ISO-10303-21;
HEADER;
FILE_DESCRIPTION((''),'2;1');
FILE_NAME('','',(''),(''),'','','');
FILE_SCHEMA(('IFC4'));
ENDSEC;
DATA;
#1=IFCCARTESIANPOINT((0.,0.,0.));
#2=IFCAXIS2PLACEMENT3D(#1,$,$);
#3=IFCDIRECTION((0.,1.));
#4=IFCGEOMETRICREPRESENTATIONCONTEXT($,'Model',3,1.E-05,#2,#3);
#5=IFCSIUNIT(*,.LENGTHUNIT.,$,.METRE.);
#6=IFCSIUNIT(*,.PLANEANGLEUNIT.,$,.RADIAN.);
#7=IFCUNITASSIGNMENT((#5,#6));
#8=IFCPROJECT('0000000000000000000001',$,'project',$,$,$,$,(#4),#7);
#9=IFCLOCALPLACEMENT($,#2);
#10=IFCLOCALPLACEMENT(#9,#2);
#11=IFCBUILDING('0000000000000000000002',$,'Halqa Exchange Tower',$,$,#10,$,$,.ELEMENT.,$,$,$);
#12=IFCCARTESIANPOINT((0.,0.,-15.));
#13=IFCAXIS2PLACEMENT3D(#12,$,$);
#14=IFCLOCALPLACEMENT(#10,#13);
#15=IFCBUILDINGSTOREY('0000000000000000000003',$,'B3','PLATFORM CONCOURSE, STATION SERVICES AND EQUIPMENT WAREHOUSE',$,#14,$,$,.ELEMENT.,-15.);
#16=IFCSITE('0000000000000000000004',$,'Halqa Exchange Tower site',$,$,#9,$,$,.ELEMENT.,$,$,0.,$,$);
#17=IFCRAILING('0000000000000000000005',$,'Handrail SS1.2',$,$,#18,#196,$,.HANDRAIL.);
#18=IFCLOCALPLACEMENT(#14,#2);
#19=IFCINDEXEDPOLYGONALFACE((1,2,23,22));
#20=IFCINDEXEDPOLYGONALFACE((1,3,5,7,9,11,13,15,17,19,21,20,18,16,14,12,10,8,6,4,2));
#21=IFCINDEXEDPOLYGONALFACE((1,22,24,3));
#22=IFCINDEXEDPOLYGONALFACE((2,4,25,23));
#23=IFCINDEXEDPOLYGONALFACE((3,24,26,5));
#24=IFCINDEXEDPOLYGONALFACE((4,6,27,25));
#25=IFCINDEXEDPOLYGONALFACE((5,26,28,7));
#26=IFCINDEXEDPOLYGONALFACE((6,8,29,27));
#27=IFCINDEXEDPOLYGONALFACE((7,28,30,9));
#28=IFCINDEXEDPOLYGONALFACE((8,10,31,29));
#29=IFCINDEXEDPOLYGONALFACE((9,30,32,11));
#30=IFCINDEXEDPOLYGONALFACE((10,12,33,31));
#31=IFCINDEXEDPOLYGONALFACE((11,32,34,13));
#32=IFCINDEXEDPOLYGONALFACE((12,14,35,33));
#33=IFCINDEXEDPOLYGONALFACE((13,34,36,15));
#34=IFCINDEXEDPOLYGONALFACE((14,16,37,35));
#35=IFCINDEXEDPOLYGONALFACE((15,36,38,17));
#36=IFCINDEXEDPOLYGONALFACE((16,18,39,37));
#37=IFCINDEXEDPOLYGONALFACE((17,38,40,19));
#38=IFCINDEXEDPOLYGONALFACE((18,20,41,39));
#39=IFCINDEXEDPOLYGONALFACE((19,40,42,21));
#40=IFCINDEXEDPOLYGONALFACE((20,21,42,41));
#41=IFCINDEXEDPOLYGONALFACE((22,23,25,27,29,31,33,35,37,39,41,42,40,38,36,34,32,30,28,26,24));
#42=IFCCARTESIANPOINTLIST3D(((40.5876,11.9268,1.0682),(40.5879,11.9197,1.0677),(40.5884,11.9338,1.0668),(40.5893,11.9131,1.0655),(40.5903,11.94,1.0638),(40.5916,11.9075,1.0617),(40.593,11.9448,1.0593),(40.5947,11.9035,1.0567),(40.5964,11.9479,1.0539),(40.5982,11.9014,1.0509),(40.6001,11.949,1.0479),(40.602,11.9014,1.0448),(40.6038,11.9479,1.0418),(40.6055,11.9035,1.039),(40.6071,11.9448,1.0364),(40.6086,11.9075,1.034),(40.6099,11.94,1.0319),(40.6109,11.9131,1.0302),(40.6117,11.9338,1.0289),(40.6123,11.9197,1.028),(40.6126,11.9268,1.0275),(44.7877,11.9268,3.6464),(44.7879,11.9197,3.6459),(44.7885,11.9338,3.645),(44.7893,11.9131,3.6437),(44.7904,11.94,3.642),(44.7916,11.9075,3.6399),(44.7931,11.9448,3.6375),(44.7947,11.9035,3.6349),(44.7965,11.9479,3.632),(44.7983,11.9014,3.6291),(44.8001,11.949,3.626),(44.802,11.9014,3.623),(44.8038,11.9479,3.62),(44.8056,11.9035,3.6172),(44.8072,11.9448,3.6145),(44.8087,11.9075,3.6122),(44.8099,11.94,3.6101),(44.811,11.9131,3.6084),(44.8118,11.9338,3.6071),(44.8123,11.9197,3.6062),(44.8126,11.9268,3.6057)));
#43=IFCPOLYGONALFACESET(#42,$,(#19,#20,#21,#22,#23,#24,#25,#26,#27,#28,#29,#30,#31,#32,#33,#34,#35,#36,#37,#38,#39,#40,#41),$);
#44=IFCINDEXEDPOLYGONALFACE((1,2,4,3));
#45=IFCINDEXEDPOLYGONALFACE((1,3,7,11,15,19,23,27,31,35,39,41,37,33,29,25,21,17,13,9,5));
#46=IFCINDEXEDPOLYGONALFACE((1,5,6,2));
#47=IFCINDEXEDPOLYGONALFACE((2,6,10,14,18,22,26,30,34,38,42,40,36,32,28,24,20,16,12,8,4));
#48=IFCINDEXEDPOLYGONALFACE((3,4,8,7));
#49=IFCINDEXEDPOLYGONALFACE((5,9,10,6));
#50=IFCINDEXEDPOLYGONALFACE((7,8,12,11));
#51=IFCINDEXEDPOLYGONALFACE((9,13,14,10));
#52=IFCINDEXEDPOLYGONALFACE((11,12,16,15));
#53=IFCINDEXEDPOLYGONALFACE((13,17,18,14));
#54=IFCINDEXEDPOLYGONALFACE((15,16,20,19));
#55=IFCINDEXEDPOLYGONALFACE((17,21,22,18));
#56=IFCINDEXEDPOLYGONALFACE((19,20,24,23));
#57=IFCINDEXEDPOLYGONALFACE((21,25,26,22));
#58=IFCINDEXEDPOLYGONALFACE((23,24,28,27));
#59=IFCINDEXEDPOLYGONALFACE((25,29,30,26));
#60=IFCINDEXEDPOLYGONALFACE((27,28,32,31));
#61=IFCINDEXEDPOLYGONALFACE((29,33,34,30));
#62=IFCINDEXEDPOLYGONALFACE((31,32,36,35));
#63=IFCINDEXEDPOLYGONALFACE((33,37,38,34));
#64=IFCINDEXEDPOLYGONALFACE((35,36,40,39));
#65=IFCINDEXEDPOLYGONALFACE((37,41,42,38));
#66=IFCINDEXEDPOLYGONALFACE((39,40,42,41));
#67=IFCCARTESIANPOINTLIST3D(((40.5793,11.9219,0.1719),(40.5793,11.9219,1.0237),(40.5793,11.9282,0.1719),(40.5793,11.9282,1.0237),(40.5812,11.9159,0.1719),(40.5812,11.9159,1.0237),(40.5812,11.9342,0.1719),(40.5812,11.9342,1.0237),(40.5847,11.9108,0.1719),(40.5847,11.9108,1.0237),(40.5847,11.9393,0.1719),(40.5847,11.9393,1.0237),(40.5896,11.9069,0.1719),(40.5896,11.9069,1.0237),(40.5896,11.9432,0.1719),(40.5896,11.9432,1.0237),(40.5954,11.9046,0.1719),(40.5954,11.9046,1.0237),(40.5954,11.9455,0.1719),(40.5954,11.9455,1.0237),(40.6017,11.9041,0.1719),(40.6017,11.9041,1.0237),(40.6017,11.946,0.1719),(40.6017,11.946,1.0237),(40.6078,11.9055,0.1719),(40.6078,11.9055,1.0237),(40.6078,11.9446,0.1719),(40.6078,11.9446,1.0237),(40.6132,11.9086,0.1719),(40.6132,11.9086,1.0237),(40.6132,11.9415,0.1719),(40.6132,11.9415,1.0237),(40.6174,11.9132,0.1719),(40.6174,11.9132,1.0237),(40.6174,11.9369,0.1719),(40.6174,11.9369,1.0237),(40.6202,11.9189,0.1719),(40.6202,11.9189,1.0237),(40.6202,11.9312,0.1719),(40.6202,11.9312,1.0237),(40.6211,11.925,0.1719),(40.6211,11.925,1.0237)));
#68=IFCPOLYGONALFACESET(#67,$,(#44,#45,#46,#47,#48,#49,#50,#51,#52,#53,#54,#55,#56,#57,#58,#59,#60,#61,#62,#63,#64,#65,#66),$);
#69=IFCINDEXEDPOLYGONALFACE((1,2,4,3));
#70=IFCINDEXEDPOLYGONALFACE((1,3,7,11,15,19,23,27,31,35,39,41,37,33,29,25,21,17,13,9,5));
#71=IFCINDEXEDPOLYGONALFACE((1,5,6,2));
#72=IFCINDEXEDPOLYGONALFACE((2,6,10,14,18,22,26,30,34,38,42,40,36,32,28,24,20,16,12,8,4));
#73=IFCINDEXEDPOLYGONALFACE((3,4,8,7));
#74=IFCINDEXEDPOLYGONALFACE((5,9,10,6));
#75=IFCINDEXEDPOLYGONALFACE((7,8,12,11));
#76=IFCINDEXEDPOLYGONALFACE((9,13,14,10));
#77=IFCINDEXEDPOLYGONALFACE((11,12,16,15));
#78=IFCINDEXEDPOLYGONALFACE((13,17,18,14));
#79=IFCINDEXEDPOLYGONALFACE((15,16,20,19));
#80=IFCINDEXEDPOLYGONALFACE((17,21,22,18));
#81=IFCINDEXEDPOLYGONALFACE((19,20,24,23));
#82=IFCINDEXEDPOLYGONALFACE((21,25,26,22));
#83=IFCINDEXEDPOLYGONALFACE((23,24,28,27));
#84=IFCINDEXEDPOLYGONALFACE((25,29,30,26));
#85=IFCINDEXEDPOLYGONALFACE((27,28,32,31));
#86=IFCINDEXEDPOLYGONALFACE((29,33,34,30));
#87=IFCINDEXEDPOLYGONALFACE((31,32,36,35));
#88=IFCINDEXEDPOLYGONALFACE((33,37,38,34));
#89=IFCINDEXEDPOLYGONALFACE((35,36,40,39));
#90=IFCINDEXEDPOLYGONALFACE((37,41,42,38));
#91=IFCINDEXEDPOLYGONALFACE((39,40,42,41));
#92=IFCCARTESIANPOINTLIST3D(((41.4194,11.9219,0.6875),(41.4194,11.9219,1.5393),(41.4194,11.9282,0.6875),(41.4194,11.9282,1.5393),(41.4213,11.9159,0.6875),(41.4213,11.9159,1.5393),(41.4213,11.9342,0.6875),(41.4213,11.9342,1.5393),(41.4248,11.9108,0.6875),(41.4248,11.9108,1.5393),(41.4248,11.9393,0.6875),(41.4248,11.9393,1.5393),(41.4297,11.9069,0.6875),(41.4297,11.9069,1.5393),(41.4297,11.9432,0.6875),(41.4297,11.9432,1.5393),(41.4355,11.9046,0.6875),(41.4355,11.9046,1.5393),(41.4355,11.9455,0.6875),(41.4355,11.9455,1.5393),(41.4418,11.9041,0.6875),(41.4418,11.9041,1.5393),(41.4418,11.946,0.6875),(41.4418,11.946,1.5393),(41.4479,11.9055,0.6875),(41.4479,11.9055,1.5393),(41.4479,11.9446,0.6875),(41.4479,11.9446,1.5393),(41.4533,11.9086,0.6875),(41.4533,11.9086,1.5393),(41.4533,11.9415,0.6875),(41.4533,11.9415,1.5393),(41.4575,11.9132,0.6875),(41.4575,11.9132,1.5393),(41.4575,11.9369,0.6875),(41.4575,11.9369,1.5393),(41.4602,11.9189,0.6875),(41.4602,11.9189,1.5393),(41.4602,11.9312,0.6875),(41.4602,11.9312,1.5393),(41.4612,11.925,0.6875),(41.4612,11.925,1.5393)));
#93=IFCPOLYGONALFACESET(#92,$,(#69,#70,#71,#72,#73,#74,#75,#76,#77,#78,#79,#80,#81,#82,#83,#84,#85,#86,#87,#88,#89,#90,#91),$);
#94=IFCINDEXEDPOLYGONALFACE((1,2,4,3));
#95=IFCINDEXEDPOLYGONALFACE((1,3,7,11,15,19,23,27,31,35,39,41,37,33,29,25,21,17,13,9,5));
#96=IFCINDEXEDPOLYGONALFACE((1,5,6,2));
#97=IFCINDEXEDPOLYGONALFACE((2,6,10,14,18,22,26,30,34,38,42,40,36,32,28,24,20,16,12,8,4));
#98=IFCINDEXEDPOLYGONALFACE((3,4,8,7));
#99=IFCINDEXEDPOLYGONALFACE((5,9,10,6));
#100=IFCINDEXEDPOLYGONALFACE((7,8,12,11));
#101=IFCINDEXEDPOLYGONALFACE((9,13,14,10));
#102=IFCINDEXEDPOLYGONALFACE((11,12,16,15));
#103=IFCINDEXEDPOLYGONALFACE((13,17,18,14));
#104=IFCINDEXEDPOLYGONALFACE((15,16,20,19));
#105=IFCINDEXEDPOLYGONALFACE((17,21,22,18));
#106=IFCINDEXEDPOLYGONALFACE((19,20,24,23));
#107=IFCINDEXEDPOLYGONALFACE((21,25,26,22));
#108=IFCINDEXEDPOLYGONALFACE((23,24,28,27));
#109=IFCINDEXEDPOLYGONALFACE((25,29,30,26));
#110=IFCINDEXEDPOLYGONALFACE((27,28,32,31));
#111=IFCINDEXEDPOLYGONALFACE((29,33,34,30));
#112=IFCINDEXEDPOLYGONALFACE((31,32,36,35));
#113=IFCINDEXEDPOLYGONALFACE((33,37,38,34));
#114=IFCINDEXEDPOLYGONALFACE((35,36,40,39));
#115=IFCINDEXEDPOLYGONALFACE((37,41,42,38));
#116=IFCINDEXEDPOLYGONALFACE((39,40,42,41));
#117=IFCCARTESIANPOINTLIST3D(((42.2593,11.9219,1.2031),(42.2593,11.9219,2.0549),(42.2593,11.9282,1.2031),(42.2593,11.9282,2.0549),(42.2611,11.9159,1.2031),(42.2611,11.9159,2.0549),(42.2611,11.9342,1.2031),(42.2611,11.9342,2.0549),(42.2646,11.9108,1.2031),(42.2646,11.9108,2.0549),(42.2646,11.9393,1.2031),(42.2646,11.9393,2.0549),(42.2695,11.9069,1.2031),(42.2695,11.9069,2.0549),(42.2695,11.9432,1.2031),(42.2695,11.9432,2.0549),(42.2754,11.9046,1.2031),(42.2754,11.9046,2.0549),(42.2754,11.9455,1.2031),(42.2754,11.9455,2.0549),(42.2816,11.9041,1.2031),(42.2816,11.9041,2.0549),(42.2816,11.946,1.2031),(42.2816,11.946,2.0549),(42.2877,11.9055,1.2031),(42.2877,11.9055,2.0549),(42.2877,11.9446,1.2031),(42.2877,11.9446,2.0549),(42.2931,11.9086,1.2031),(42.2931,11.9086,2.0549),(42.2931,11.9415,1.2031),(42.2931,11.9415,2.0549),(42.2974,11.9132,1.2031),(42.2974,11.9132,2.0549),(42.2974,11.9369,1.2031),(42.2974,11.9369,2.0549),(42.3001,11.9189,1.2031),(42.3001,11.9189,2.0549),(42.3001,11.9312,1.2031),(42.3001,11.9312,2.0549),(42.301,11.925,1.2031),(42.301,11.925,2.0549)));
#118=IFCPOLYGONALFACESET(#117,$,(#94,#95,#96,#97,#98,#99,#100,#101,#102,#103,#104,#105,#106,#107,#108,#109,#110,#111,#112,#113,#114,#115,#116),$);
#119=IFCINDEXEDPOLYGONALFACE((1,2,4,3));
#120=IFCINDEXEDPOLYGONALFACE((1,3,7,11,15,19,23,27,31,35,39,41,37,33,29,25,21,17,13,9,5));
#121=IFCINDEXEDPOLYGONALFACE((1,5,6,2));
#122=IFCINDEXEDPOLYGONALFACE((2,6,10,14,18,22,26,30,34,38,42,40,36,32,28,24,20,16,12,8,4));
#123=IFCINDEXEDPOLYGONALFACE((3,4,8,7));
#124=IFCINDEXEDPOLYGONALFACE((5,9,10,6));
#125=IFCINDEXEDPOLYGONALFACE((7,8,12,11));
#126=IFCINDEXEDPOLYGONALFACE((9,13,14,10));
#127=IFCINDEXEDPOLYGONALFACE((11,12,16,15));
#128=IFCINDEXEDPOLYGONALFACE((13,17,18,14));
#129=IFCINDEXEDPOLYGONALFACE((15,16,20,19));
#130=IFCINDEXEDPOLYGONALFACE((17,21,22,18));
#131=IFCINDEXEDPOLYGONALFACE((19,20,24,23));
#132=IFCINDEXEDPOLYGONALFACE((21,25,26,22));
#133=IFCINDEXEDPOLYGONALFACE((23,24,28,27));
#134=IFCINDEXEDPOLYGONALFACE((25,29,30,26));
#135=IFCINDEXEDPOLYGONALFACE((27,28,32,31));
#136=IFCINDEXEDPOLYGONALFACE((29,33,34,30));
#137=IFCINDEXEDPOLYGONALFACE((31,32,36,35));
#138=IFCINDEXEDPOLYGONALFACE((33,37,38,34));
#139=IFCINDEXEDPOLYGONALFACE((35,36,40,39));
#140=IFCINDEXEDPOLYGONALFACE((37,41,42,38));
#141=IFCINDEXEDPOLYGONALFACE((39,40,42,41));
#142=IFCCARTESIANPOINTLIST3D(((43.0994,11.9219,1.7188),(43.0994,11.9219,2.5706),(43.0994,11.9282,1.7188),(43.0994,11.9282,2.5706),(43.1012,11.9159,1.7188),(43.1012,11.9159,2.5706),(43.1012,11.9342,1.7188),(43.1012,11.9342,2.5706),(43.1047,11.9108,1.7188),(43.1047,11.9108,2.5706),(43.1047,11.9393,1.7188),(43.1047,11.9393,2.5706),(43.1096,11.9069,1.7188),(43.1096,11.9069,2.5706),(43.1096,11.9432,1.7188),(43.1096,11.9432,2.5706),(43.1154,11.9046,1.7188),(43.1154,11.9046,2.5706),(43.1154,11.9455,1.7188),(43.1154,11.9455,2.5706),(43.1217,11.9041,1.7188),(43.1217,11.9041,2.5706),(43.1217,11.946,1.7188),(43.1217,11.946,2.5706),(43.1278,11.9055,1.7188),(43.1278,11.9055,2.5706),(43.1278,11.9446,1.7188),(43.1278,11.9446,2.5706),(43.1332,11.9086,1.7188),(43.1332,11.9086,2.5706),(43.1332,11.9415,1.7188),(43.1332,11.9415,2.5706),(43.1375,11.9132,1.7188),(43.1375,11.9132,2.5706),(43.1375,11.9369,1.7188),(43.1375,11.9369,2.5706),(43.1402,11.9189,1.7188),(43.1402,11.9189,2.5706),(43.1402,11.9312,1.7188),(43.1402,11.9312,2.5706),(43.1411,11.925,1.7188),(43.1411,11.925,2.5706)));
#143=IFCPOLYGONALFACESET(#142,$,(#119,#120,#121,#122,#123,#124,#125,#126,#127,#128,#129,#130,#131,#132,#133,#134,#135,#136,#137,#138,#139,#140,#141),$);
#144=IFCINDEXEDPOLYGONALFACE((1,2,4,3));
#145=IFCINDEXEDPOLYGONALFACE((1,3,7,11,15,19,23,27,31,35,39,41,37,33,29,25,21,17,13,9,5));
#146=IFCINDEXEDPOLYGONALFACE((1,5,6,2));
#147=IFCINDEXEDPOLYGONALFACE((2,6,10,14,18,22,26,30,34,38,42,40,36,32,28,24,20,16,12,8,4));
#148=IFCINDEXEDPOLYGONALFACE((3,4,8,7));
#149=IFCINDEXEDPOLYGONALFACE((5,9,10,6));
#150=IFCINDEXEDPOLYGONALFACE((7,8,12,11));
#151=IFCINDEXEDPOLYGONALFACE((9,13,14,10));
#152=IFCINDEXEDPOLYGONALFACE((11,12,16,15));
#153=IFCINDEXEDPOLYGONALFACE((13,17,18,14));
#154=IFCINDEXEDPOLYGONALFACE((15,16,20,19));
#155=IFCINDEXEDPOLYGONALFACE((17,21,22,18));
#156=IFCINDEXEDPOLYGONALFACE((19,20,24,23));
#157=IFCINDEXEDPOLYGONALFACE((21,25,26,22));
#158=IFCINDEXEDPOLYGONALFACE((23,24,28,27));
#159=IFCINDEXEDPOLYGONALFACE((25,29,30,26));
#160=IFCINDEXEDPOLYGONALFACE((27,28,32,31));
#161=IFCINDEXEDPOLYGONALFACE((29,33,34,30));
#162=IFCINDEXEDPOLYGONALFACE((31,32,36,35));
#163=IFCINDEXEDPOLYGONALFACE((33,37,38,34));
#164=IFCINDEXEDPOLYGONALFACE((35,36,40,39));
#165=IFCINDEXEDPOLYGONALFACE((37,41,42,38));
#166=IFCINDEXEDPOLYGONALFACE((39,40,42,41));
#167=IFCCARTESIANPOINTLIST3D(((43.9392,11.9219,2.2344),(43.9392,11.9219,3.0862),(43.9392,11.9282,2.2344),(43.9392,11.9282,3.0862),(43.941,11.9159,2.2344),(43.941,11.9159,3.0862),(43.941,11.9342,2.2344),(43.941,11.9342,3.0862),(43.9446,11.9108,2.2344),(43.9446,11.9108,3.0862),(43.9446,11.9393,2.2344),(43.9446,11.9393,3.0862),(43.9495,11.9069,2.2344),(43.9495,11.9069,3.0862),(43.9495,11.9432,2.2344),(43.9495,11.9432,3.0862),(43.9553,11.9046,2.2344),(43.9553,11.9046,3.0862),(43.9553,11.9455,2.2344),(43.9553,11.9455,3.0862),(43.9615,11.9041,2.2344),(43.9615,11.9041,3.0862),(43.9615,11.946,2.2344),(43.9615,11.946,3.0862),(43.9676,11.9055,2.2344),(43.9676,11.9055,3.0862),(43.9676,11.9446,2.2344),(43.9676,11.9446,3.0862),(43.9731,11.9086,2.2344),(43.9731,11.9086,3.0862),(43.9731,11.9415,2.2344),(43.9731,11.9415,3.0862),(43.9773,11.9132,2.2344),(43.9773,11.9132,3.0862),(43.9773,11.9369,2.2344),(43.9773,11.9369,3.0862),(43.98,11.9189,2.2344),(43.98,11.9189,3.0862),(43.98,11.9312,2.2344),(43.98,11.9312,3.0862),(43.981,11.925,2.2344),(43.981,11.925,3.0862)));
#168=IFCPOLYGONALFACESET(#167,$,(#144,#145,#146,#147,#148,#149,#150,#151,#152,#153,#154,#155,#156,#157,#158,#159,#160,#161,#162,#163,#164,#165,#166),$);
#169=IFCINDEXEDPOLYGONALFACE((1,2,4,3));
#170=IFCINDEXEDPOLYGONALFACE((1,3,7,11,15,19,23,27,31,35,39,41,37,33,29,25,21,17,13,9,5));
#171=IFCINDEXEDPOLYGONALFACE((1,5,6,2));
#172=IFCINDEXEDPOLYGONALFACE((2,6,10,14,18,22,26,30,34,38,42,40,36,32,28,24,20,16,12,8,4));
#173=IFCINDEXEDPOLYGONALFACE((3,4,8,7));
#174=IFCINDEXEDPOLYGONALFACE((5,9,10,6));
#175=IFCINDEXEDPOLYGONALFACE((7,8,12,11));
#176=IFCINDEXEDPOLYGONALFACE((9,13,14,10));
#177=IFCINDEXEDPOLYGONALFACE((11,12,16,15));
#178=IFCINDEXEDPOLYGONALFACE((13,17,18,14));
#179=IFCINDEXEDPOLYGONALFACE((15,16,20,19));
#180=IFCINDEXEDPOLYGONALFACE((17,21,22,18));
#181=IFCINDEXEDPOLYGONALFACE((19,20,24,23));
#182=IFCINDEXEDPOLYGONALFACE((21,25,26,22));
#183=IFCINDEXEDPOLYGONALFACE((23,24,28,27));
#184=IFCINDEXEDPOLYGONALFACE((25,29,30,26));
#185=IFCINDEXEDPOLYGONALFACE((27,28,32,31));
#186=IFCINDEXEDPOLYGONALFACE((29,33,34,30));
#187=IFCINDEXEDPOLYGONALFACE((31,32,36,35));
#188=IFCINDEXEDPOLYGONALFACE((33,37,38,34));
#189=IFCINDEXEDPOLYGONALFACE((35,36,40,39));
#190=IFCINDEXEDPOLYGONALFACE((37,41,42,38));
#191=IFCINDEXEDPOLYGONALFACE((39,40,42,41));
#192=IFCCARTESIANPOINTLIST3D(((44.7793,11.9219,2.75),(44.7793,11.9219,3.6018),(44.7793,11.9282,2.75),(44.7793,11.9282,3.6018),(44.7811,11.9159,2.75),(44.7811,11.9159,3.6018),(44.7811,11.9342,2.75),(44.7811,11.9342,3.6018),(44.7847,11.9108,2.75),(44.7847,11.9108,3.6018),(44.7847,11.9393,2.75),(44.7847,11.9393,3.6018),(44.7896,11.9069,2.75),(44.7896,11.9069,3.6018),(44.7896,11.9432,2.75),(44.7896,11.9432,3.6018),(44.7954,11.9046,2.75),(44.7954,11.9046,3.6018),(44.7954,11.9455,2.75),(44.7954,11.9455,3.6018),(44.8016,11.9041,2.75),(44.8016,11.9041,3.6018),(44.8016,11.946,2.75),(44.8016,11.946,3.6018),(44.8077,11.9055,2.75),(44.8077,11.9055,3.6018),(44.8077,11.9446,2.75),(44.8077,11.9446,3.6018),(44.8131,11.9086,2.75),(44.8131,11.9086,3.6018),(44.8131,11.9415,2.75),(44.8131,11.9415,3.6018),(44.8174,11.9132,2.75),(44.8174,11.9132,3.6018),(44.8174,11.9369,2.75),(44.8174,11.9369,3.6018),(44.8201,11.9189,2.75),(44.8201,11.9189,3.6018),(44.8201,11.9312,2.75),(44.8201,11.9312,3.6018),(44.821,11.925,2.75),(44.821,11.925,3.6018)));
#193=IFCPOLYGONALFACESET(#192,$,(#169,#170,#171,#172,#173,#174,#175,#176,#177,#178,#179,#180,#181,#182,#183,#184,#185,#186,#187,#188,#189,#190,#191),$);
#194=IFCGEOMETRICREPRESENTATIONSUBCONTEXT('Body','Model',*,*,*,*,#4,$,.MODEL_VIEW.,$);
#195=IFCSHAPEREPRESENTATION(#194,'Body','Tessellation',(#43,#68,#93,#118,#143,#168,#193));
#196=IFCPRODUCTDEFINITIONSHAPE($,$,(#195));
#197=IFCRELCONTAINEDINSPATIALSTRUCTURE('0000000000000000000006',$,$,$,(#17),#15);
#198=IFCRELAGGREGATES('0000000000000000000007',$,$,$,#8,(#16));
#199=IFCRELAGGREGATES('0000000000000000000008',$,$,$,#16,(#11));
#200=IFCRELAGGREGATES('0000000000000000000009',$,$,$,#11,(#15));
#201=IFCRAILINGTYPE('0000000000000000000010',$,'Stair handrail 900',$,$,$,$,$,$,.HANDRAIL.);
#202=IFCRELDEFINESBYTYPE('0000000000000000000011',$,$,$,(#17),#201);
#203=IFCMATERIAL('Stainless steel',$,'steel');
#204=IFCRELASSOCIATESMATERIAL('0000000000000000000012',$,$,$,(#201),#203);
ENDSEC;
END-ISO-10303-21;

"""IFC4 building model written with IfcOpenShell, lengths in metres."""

from ifc_helpers import new_model, si_unit, direction, frame, origin, origin_2d, place, context, subcontext, project, spatial, circle, extrude, material, type_object, element, save


model = new_model("IFC4")

# Units and contexts
model_context = context("Model", 3, precision=1e-05, world=origin(), true_north=direction((0.0, 1.0)))
body_context = subcontext(model_context, "Body", "Model", "MODEL_VIEW")
ifc_project = project(units=[si_unit("LENGTHUNIT", "METRE"), si_unit("PLANEANGLEUNIT", "RADIAN")], contexts=[model_context])

# Site, building, storey
site_placement = place(None, origin())
site = spatial("IfcSite", under=ifc_project, at=site_placement, Name="Halqa Exchange Tower site", CompositionType="ELEMENT", RefElevation=0.0)
building_placement = place(site_placement, origin())
building = spatial("IfcBuilding", under=site, at=building_placement, Name="Halqa Exchange Tower", CompositionType="ELEMENT")
storey_placement = place(building_placement, frame((0.0, 0.0, -15.0)))
storey = spatial("IfcBuildingStorey", under=building, at=storey_placement, Name="B3", Description="PLATFORM CONCOURSE, STATION SERVICES AND EQUIPMENT WAREHOUSE", CompositionType="ELEMENT", Elevation=-15.0)

# Railing
ifc_material_1 = material(Name="Stainless steel", Category="steel")
railing_type = type_object("IfcRailingType", Name="Stair handrail 900", PredefinedType="HANDRAIL", material=ifc_material_1)
railing_1_placement = place(storey_placement, frame((40.6001, 11.925, 0.1719)))
element("IfcRailing", 1, at=railing_1_placement, inside=storey, type_object=railing_type, Name="Handrail SS1.2", PredefinedType="HANDRAIL", context=body_context, shape_type="SweptSolid", body=[
    extrude(circle(Radius=0.0239, at=origin_2d()), frame((0.0, 0.0, 0.876), z_axis=(0.852243, 0.0, 0.523146), x_axis=(0.0, 1.0, 0.0)), (0.0, 0.0, 1.0), 4.9282),
    extrude(circle(Radius=0.021, at=origin_2d()), origin(), (0.0, 0.0, 1.0), 0.8518),
    extrude(circle(Radius=0.021, at=origin_2d()), frame((0.8401, 0.0, 0.5156)), (0.0, 0.0, 1.0), 0.8518),
    extrude(circle(Radius=0.021, at=origin_2d()), frame((1.6799, 0.0, 1.0312)), (0.0, 0.0, 1.0), 0.8518),
    extrude(circle(Radius=0.021, at=origin_2d()), frame((2.52, 0.0, 1.5469)), (0.0, 0.0, 1.0), 0.8518),
    extrude(circle(Radius=0.021, at=origin_2d()), frame((3.3599, 0.0, 2.0625)), (0.0, 0.0, 1.0), 0.8518),
    extrude(circle(Radius=0.021, at=origin_2d()), frame((4.2, 0.0, 2.5781)), (0.0, 0.0, 1.0), 0.8518),
])

save(model, "model.ifc")
